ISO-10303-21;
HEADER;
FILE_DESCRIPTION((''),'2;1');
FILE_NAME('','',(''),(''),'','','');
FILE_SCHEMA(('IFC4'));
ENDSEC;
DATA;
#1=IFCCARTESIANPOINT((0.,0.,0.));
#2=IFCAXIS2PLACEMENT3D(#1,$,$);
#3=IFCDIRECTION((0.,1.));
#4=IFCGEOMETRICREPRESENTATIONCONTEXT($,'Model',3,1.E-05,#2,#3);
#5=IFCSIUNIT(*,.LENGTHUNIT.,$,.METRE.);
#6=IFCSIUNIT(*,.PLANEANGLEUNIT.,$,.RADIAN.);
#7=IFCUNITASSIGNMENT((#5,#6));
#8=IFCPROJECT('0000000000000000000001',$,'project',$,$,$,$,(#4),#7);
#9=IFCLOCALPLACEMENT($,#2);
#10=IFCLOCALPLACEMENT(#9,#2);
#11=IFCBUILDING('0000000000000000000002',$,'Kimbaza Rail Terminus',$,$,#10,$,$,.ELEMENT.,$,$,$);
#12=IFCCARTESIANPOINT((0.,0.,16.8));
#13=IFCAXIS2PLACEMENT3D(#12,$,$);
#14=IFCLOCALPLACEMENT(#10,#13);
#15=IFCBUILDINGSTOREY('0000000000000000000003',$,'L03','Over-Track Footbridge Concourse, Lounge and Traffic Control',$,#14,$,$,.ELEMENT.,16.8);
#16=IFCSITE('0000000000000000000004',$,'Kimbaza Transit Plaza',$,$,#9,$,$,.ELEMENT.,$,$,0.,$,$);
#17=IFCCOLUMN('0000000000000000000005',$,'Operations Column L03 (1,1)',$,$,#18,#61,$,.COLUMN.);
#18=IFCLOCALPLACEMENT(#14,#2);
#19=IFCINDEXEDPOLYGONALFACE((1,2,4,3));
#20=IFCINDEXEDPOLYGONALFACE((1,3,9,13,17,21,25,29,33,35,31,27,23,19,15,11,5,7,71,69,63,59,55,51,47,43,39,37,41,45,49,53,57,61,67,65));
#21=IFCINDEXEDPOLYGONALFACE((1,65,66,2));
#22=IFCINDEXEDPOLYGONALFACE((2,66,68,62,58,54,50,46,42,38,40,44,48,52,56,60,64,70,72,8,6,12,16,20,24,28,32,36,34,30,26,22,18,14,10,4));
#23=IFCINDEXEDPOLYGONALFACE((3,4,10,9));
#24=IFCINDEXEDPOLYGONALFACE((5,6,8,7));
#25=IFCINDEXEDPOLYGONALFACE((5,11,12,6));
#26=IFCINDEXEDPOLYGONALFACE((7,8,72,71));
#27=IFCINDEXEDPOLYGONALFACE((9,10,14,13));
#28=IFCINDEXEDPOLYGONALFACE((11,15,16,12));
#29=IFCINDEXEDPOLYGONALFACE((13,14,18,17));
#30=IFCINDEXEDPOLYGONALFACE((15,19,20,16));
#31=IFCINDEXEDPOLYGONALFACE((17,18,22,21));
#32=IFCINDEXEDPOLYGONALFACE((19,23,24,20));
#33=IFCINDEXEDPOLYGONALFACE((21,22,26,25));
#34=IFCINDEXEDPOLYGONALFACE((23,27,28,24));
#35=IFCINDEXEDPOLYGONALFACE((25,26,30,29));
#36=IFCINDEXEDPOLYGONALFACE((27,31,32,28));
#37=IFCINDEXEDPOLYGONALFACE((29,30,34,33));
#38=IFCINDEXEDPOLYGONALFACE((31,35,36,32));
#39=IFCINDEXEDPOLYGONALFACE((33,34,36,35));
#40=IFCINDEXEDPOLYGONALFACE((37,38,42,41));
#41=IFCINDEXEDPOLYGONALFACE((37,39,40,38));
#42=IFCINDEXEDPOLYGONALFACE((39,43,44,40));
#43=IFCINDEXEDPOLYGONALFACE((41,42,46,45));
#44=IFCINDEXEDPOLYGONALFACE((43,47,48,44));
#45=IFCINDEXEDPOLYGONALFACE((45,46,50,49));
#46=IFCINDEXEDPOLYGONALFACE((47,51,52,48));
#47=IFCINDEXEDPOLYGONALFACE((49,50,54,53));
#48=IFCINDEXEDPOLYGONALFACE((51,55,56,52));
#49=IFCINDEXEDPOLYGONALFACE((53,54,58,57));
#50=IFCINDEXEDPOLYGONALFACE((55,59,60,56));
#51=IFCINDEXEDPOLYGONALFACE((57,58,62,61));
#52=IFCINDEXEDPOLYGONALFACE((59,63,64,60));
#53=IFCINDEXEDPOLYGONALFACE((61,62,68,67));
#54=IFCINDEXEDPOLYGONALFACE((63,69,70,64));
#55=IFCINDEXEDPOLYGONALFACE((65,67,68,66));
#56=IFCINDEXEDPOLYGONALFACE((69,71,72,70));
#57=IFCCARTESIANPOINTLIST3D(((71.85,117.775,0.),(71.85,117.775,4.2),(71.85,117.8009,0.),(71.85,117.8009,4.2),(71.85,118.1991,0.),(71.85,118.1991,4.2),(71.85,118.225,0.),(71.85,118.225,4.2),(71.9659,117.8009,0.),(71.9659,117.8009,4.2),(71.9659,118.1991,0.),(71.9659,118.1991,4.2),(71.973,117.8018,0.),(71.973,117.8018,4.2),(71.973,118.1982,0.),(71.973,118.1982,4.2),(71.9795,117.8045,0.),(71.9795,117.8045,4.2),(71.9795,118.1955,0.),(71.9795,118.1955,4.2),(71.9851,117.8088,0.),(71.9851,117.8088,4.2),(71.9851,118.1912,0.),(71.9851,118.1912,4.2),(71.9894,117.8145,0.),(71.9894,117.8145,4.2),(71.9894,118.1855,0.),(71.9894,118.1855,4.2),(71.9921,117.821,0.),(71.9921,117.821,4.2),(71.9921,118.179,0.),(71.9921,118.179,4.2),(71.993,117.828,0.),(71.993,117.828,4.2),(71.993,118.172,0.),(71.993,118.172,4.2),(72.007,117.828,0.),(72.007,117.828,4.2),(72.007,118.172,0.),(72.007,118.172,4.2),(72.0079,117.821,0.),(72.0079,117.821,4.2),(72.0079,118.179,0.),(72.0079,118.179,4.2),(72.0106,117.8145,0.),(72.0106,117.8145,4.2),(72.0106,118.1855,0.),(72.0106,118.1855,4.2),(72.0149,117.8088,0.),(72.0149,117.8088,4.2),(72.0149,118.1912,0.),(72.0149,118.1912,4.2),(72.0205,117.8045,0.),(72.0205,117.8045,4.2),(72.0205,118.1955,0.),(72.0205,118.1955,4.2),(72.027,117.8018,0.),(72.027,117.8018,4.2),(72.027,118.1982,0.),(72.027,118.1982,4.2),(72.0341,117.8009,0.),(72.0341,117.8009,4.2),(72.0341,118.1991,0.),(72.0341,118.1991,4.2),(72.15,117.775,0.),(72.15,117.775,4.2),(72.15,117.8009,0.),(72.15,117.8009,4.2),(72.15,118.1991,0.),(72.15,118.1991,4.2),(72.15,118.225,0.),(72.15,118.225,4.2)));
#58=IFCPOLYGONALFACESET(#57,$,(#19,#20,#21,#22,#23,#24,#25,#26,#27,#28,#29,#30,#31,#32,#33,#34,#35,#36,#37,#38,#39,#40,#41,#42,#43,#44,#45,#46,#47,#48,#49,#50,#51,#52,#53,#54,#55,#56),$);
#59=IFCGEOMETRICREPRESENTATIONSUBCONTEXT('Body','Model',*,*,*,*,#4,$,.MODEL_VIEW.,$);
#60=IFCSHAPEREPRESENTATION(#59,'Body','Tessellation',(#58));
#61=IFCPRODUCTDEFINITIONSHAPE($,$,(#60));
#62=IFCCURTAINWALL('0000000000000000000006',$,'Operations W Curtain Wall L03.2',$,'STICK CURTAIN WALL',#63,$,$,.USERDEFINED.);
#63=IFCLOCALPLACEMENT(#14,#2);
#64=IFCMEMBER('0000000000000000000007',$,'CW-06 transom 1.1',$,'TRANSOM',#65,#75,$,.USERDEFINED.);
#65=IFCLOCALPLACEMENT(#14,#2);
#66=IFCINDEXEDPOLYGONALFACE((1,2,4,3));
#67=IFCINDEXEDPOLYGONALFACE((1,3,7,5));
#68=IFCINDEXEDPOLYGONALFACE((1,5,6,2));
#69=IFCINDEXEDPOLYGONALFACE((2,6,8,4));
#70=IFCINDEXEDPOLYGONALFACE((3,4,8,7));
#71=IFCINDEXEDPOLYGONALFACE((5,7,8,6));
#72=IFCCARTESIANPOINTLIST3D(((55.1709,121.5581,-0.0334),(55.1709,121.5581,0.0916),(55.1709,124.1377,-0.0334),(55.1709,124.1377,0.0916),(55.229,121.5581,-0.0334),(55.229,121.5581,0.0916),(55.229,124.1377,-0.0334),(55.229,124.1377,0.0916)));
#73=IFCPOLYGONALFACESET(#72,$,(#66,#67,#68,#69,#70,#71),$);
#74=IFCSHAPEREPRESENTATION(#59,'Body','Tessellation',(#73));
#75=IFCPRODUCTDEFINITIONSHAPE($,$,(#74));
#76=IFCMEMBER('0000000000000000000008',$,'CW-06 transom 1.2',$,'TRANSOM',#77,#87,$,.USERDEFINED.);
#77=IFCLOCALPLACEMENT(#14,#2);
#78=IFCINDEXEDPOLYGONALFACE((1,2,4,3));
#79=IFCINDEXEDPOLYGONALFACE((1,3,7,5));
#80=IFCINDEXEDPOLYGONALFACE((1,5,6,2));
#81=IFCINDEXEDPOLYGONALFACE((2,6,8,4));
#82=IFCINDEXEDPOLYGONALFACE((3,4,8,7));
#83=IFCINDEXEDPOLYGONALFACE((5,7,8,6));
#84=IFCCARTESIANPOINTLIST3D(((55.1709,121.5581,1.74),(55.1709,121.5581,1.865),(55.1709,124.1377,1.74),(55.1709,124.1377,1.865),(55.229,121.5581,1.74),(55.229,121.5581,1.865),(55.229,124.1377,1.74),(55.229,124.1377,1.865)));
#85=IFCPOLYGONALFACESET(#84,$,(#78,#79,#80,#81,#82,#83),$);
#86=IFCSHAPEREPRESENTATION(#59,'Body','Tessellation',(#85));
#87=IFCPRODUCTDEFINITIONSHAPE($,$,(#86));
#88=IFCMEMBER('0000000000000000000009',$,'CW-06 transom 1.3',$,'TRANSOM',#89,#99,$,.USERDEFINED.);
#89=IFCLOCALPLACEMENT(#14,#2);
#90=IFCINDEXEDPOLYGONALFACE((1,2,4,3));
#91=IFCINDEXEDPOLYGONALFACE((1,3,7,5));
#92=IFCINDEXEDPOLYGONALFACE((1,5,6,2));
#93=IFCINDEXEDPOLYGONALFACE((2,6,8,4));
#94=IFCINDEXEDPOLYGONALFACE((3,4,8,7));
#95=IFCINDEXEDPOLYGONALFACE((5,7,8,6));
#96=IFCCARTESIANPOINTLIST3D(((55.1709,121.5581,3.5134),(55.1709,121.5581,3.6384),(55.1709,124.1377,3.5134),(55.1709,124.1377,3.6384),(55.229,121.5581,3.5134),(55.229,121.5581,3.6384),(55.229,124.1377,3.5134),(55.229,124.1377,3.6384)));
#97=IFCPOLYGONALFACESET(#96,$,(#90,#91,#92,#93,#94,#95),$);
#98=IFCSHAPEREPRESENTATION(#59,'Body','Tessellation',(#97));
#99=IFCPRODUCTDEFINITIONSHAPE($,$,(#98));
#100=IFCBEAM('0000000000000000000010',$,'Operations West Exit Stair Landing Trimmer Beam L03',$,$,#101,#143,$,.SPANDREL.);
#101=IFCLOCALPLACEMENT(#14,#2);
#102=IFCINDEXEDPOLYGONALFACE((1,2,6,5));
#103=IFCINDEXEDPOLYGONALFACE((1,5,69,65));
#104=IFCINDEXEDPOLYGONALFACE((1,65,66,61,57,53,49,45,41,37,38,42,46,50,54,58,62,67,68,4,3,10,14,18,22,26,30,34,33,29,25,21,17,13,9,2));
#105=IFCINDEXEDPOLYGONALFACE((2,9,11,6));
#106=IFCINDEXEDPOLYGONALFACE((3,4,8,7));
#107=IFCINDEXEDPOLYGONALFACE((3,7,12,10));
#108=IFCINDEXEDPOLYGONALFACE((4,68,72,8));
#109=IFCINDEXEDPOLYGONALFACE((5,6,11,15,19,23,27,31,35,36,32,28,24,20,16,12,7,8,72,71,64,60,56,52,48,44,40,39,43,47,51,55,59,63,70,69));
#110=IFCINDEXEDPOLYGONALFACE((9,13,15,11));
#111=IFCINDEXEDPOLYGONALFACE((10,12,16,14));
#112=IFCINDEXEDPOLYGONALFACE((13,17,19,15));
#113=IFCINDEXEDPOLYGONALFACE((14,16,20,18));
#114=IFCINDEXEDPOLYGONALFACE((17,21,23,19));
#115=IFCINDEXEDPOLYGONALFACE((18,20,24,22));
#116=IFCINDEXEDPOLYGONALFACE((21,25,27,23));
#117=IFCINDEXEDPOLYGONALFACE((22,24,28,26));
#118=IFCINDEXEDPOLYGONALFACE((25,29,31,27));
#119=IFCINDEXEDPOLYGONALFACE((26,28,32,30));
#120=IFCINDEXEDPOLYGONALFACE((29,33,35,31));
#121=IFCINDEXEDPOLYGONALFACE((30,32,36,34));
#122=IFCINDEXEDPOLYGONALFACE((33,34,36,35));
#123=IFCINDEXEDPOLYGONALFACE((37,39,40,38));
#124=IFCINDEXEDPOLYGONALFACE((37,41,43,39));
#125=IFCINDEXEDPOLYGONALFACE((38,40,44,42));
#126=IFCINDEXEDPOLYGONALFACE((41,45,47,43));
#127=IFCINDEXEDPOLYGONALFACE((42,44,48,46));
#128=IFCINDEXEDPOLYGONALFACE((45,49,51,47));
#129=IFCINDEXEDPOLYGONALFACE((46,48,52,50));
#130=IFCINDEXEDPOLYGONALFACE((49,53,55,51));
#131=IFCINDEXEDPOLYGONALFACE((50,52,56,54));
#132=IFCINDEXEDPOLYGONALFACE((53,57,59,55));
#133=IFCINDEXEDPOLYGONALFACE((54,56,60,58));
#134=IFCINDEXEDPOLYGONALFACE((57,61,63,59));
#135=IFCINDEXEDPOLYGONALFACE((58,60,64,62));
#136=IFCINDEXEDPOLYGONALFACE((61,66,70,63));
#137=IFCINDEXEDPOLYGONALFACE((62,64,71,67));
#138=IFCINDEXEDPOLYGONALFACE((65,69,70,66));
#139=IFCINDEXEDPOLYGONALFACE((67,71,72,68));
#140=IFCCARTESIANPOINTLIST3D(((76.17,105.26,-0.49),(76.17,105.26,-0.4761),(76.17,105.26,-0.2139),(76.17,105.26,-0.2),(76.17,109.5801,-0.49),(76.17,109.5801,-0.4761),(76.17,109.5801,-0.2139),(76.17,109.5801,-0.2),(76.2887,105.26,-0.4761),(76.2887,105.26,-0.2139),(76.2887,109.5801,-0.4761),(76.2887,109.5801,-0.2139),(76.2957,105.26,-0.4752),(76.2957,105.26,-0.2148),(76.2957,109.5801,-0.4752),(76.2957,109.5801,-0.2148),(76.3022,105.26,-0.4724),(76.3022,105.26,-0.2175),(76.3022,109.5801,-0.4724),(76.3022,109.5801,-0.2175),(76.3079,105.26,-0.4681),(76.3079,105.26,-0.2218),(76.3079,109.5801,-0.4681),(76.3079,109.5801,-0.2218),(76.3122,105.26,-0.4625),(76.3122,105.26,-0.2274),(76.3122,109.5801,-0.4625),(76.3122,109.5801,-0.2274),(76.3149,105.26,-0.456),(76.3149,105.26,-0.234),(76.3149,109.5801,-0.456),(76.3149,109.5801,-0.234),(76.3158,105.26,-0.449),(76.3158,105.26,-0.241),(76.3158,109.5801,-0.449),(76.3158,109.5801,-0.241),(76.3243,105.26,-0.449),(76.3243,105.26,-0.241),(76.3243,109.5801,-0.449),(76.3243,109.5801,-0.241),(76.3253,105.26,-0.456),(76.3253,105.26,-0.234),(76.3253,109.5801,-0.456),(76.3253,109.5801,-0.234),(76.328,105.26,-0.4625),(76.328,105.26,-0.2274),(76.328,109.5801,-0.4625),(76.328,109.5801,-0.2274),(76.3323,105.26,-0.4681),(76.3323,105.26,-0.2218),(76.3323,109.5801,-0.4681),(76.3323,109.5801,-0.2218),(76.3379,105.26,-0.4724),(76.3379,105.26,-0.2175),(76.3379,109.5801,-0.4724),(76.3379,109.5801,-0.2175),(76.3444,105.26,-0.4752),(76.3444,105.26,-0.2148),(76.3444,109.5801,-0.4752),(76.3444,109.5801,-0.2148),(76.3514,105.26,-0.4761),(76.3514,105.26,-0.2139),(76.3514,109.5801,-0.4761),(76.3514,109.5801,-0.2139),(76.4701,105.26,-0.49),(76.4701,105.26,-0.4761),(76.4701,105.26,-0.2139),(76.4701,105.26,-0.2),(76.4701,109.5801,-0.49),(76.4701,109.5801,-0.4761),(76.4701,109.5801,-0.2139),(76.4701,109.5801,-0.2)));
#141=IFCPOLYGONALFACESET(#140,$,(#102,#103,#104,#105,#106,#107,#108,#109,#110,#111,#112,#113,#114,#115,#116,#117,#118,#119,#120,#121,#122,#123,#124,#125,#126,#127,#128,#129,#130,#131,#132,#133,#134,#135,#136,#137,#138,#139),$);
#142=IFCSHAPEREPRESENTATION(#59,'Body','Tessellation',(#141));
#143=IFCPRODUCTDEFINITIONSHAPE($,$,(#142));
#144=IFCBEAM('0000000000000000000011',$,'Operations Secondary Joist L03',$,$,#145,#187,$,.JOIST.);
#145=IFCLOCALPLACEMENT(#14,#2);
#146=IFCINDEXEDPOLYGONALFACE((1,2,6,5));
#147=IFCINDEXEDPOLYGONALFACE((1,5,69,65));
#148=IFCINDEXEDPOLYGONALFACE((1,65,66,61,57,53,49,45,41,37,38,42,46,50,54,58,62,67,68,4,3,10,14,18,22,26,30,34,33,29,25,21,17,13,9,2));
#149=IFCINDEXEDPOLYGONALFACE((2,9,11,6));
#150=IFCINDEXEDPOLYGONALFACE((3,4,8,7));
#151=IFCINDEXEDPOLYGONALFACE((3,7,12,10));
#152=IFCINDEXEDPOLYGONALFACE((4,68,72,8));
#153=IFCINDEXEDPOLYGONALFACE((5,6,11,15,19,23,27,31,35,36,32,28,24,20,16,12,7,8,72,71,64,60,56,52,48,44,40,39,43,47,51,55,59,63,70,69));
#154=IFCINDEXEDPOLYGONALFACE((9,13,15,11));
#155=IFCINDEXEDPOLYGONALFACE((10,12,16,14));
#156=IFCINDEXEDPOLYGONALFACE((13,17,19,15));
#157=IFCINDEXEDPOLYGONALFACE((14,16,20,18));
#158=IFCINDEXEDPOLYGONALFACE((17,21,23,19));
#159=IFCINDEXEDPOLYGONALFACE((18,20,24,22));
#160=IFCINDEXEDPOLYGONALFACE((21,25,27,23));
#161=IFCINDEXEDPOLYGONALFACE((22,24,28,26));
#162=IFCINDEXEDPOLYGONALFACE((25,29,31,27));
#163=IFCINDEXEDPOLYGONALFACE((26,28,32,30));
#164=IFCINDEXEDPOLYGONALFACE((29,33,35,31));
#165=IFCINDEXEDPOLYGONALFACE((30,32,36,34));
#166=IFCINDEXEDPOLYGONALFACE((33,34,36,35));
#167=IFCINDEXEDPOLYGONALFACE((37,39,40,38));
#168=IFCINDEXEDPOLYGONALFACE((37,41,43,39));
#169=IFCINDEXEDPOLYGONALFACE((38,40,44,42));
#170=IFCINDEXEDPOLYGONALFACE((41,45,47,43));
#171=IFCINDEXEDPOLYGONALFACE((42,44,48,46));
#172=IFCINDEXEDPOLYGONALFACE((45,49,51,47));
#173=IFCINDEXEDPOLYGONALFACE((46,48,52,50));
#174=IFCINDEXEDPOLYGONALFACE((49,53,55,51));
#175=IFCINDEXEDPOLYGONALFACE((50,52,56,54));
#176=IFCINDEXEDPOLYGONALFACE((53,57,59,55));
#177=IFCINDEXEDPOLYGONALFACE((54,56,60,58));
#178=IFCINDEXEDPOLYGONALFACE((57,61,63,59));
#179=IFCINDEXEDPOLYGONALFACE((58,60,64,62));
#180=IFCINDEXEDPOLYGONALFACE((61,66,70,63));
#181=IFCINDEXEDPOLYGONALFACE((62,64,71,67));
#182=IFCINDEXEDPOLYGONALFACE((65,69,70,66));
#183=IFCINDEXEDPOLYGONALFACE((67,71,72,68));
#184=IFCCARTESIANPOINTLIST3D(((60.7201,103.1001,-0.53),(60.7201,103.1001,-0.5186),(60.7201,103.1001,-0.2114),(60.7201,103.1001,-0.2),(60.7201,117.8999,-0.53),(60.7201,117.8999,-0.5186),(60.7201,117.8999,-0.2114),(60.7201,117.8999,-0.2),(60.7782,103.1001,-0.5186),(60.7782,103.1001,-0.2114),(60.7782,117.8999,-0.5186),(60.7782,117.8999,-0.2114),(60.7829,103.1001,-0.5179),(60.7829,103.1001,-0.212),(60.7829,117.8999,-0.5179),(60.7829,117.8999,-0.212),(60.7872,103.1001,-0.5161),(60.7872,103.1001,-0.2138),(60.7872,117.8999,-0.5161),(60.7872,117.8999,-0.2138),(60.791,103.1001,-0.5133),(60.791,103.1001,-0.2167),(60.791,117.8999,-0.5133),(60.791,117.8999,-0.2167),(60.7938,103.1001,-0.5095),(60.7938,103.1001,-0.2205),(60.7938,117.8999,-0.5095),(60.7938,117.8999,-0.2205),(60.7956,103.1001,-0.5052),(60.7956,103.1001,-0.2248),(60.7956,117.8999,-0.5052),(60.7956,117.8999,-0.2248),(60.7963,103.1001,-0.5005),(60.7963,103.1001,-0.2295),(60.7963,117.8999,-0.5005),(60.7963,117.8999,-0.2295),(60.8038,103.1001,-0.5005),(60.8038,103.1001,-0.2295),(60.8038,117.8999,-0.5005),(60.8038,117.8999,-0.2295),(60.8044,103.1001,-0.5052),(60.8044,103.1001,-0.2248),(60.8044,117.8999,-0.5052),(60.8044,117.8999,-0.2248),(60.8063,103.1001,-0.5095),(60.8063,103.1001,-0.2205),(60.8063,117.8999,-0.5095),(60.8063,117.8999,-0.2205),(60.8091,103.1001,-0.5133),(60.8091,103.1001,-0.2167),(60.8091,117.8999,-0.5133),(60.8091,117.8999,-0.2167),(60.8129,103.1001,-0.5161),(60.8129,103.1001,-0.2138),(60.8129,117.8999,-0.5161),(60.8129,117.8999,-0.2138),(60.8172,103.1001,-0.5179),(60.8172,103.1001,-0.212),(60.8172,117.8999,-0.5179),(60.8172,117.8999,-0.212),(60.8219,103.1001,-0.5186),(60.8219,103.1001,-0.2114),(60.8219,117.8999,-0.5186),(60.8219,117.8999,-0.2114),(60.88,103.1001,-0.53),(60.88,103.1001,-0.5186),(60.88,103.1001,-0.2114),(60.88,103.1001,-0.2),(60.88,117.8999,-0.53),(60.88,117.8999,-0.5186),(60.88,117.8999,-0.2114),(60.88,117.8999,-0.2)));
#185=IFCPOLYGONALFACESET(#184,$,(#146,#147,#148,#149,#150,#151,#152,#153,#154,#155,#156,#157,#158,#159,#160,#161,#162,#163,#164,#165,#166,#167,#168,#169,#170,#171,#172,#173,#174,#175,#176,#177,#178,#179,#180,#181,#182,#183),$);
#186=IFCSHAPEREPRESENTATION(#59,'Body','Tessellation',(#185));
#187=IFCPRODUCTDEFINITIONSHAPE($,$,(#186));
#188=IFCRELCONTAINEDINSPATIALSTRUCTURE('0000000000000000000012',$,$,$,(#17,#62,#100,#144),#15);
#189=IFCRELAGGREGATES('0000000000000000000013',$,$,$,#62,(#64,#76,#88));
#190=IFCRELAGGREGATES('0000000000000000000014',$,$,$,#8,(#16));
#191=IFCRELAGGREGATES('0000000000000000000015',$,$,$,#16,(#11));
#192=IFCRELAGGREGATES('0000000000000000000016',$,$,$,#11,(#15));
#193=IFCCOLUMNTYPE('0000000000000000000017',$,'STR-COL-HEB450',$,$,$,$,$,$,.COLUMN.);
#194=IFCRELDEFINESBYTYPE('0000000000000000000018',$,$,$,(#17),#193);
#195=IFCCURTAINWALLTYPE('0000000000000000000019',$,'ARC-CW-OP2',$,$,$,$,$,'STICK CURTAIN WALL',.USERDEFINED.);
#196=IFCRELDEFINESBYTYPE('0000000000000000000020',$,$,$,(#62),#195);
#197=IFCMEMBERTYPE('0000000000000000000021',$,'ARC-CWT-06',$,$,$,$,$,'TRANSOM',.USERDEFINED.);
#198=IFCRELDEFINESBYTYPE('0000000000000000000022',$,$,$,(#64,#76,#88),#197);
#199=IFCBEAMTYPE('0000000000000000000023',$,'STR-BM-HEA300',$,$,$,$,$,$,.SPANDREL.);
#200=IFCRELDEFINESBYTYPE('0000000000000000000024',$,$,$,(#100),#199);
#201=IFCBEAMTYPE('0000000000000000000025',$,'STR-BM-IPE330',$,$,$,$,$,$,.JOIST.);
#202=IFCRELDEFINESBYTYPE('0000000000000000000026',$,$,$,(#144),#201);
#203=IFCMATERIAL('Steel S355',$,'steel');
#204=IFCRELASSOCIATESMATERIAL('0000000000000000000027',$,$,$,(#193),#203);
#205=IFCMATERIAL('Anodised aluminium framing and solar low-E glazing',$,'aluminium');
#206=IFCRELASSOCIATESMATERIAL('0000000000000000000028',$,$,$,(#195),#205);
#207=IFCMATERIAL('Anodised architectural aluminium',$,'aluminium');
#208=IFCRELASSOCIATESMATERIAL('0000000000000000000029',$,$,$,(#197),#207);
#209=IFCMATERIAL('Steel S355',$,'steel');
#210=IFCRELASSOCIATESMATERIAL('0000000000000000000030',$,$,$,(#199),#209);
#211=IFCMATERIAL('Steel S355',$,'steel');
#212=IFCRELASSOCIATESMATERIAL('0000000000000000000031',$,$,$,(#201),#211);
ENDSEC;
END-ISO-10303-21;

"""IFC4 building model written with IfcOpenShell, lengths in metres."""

from ifc_helpers import new_model, si_unit, direction, frame, origin, origin_2d, place, context, subcontext, project, spatial, rectangle, i_section, extrude, material, material_profile, profile_set, type_object, element, aggregate, save


model = new_model("IFC4")

# Units and contexts
model_context = context("Model", 3, precision=1e-05, world=origin(), true_north=direction((0.0, 1.0)))
body_context = subcontext(model_context, "Body", "Model", "MODEL_VIEW")
ifc_project = project(units=[si_unit("LENGTHUNIT", "METRE"), si_unit("PLANEANGLEUNIT", "RADIAN")], contexts=[model_context])

# Site, building, storey
site_placement = place(None, origin())
site = spatial("IfcSite", under=ifc_project, at=site_placement, Name="Kimbaza Transit Plaza", CompositionType="ELEMENT", RefElevation=0.0)
building_placement = place(site_placement, origin())
building = spatial("IfcBuilding", under=site, at=building_placement, Name="Kimbaza Rail Terminus", CompositionType="ELEMENT")
storey_placement = place(building_placement, frame((0.0, 0.0, 16.8)))
storey = spatial("IfcBuildingStorey", under=building, at=storey_placement, Name="L03", Description="Over-Track Footbridge Concourse, Lounge and Traffic Control", CompositionType="ELEMENT", Elevation=16.8)

# Column
ifc_material_1 = material(Name="Steel S355", Category="steel")
ifc_material_profile_1 = material_profile(ifc_material_1, i_section(OverallWidth=0.3, OverallDepth=0.45, WebThickness=0.0139, FlangeThickness=0.0259, FilletRadius=0.0271, at=origin_2d()), Name="HEB 450")
ifc_profile_set_1 = profile_set([ifc_material_profile_1], Name="Steel S355")
column_type = type_object("IfcColumnType", Name="STR-COL-HEB450", PredefinedType="COLUMN", material=ifc_profile_set_1)
column_placement = place(storey_placement, frame((72.0, 118.0, 0.0), z_axis=(0.0, 0.0, 1.0), x_axis=(1.0, 0.0, 0.0)))
element("IfcColumn", 1, at=column_placement, inside=storey, type_object=column_type, Name="Operations Column L03 (1,1)", PredefinedType="COLUMN", context=body_context, shape_type="SweptSolid", body=[
    extrude(i_section(OverallWidth=0.3, OverallDepth=0.45, WebThickness=0.0139, FlangeThickness=0.0259, FilletRadius=0.0271, at=origin_2d()), origin(), (0.0, 0.0, 1.0), 4.2),
])

# Curtain wall, members
ifc_material_2 = material(Name="Anodised aluminium framing and solar low-E glazing", Category="aluminium")
curtain_wall_type = type_object("IfcCurtainWallType", Name="ARC-CW-OP2", ElementType="STICK CURTAIN WALL", PredefinedType="USERDEFINED", material=ifc_material_2)
curtain_wall_placement = place(storey_placement, origin())
curtain_wall = element("IfcCurtainWall", 2, at=curtain_wall_placement, inside=storey, type_object=curtain_wall_type, Name="Operations W Curtain Wall L03.2", ObjectType="STICK CURTAIN WALL", PredefinedType="USERDEFINED")
ifc_material_3 = material(Name="Anodised architectural aluminium", Category="aluminium")
ifc_material_profile_2 = material_profile(ifc_material_3, rectangle(XDim=0.0581, YDim=0.125, at=origin_2d()), Name="TRANSOM 58x125")
ifc_profile_set_2 = profile_set([ifc_material_profile_2], Name="Anodised architectural aluminium")
member_type = type_object("IfcMemberType", Name="ARC-CWT-06", ElementType="TRANSOM", PredefinedType="USERDEFINED", material=ifc_profile_set_2)
member_1_placement = place(storey_placement, frame((55.2, 121.5581, 0.0291), z_axis=(0.0, 1.0, 0.0), x_axis=(-1.0, 0.0, 0.0)))
member_1 = element("IfcMember", 3, at=member_1_placement, type_object=member_type, Name="CW-06 transom 1.1", ObjectType="TRANSOM", PredefinedType="USERDEFINED", context=body_context, shape_type="SweptSolid", body=[
    extrude(rectangle(XDim=0.0581, YDim=0.125, at=origin_2d()), origin(), (0.0, 0.0, 1.0), 2.5796),
])
member_2_placement = place(storey_placement, frame((55.2, 121.5581, 1.8025), z_axis=(0.0, 1.0, 0.0), x_axis=(-1.0, 0.0, 0.0)))
member_2 = element("IfcMember", 4, at=member_2_placement, type_object=member_type, Name="CW-06 transom 1.2", ObjectType="TRANSOM", PredefinedType="USERDEFINED", context=body_context, shape_type="SweptSolid", body=[
    extrude(rectangle(XDim=0.0581, YDim=0.125, at=origin_2d()), origin(), (0.0, 0.0, 1.0), 2.5796),
])
member_3_placement = place(storey_placement, frame((55.2, 121.5581, 3.5759), z_axis=(0.0, 1.0, 0.0), x_axis=(-1.0, 0.0, 0.0)))
member_3 = element("IfcMember", 5, at=member_3_placement, type_object=member_type, Name="CW-06 transom 1.3", ObjectType="TRANSOM", PredefinedType="USERDEFINED", context=body_context, shape_type="SweptSolid", body=[
    extrude(rectangle(XDim=0.0581, YDim=0.125, at=origin_2d()), origin(), (0.0, 0.0, 1.0), 2.5796),
])

# Beams
ifc_material_4 = material(Name="Steel S355", Category="steel")
ifc_material_profile_3 = material_profile(ifc_material_4, i_section(OverallWidth=0.3, OverallDepth=0.29, WebThickness=0.0085, FlangeThickness=0.0139, FilletRadius=0.0271, at=origin_2d()), Name="HEA 300")
ifc_profile_set_3 = profile_set([ifc_material_profile_3], Name="Steel S355")
beam_type_1 = type_object("IfcBeamType", Name="STR-BM-HEA300", PredefinedType="SPANDREL", material=ifc_profile_set_3)
beam_placement = place(storey_placement, frame((76.3201, 105.26, -0.345), z_axis=(0.0, 1.0, 0.0), x_axis=(-1.0, 0.0, 0.0)))
element("IfcBeam", 6, at=beam_placement, inside=storey, type_object=beam_type_1, Name="Operations West Exit Stair Landing Trimmer Beam L03", PredefinedType="SPANDREL", context=body_context, shape_type="SweptSolid", body=[
    extrude(i_section(OverallWidth=0.3, OverallDepth=0.29, WebThickness=0.0085, FlangeThickness=0.0139, FilletRadius=0.0271, at=origin_2d()), origin(), (0.0, 0.0, 1.0), 4.3201),
])
ifc_material_5 = material(Name="Steel S355", Category="steel")
ifc_material_profile_4 = material_profile(ifc_material_5, i_section(OverallWidth=0.1599, OverallDepth=0.3301, WebThickness=0.0076, FlangeThickness=0.0115, FilletRadius=0.0181, at=origin_2d()), Name="IPE 330")
ifc_profile_set_4 = profile_set([ifc_material_profile_4], Name="Steel S355")
beam_type_2 = type_object("IfcBeamType", Name="STR-BM-IPE330", PredefinedType="JOIST", material=ifc_profile_set_4)
for number, where, z_axis, x_axis, name in (
    (7, (60.8, 103.1001, -0.365), (0.0, 1.0, 0.0), (-1.0, 0.0, 0.0), "Operations Secondary Joist L03"),
):
    element("IfcBeam", number, at=place(storey_placement, frame(where, z_axis=z_axis, x_axis=x_axis)), inside=storey, type_object=beam_type_2, Name=name, PredefinedType="JOIST", context=body_context, shape_type="SweptSolid", body=[
        extrude(i_section(OverallWidth=0.1599, OverallDepth=0.3301, WebThickness=0.0076, FlangeThickness=0.0115, FilletRadius=0.0181, at=origin_2d()), origin(), (0.0, 0.0, 1.0), 14.7998),
    ])

aggregate(curtain_wall, [member_1, member_2, member_3])

save(model, "model.ifc")
